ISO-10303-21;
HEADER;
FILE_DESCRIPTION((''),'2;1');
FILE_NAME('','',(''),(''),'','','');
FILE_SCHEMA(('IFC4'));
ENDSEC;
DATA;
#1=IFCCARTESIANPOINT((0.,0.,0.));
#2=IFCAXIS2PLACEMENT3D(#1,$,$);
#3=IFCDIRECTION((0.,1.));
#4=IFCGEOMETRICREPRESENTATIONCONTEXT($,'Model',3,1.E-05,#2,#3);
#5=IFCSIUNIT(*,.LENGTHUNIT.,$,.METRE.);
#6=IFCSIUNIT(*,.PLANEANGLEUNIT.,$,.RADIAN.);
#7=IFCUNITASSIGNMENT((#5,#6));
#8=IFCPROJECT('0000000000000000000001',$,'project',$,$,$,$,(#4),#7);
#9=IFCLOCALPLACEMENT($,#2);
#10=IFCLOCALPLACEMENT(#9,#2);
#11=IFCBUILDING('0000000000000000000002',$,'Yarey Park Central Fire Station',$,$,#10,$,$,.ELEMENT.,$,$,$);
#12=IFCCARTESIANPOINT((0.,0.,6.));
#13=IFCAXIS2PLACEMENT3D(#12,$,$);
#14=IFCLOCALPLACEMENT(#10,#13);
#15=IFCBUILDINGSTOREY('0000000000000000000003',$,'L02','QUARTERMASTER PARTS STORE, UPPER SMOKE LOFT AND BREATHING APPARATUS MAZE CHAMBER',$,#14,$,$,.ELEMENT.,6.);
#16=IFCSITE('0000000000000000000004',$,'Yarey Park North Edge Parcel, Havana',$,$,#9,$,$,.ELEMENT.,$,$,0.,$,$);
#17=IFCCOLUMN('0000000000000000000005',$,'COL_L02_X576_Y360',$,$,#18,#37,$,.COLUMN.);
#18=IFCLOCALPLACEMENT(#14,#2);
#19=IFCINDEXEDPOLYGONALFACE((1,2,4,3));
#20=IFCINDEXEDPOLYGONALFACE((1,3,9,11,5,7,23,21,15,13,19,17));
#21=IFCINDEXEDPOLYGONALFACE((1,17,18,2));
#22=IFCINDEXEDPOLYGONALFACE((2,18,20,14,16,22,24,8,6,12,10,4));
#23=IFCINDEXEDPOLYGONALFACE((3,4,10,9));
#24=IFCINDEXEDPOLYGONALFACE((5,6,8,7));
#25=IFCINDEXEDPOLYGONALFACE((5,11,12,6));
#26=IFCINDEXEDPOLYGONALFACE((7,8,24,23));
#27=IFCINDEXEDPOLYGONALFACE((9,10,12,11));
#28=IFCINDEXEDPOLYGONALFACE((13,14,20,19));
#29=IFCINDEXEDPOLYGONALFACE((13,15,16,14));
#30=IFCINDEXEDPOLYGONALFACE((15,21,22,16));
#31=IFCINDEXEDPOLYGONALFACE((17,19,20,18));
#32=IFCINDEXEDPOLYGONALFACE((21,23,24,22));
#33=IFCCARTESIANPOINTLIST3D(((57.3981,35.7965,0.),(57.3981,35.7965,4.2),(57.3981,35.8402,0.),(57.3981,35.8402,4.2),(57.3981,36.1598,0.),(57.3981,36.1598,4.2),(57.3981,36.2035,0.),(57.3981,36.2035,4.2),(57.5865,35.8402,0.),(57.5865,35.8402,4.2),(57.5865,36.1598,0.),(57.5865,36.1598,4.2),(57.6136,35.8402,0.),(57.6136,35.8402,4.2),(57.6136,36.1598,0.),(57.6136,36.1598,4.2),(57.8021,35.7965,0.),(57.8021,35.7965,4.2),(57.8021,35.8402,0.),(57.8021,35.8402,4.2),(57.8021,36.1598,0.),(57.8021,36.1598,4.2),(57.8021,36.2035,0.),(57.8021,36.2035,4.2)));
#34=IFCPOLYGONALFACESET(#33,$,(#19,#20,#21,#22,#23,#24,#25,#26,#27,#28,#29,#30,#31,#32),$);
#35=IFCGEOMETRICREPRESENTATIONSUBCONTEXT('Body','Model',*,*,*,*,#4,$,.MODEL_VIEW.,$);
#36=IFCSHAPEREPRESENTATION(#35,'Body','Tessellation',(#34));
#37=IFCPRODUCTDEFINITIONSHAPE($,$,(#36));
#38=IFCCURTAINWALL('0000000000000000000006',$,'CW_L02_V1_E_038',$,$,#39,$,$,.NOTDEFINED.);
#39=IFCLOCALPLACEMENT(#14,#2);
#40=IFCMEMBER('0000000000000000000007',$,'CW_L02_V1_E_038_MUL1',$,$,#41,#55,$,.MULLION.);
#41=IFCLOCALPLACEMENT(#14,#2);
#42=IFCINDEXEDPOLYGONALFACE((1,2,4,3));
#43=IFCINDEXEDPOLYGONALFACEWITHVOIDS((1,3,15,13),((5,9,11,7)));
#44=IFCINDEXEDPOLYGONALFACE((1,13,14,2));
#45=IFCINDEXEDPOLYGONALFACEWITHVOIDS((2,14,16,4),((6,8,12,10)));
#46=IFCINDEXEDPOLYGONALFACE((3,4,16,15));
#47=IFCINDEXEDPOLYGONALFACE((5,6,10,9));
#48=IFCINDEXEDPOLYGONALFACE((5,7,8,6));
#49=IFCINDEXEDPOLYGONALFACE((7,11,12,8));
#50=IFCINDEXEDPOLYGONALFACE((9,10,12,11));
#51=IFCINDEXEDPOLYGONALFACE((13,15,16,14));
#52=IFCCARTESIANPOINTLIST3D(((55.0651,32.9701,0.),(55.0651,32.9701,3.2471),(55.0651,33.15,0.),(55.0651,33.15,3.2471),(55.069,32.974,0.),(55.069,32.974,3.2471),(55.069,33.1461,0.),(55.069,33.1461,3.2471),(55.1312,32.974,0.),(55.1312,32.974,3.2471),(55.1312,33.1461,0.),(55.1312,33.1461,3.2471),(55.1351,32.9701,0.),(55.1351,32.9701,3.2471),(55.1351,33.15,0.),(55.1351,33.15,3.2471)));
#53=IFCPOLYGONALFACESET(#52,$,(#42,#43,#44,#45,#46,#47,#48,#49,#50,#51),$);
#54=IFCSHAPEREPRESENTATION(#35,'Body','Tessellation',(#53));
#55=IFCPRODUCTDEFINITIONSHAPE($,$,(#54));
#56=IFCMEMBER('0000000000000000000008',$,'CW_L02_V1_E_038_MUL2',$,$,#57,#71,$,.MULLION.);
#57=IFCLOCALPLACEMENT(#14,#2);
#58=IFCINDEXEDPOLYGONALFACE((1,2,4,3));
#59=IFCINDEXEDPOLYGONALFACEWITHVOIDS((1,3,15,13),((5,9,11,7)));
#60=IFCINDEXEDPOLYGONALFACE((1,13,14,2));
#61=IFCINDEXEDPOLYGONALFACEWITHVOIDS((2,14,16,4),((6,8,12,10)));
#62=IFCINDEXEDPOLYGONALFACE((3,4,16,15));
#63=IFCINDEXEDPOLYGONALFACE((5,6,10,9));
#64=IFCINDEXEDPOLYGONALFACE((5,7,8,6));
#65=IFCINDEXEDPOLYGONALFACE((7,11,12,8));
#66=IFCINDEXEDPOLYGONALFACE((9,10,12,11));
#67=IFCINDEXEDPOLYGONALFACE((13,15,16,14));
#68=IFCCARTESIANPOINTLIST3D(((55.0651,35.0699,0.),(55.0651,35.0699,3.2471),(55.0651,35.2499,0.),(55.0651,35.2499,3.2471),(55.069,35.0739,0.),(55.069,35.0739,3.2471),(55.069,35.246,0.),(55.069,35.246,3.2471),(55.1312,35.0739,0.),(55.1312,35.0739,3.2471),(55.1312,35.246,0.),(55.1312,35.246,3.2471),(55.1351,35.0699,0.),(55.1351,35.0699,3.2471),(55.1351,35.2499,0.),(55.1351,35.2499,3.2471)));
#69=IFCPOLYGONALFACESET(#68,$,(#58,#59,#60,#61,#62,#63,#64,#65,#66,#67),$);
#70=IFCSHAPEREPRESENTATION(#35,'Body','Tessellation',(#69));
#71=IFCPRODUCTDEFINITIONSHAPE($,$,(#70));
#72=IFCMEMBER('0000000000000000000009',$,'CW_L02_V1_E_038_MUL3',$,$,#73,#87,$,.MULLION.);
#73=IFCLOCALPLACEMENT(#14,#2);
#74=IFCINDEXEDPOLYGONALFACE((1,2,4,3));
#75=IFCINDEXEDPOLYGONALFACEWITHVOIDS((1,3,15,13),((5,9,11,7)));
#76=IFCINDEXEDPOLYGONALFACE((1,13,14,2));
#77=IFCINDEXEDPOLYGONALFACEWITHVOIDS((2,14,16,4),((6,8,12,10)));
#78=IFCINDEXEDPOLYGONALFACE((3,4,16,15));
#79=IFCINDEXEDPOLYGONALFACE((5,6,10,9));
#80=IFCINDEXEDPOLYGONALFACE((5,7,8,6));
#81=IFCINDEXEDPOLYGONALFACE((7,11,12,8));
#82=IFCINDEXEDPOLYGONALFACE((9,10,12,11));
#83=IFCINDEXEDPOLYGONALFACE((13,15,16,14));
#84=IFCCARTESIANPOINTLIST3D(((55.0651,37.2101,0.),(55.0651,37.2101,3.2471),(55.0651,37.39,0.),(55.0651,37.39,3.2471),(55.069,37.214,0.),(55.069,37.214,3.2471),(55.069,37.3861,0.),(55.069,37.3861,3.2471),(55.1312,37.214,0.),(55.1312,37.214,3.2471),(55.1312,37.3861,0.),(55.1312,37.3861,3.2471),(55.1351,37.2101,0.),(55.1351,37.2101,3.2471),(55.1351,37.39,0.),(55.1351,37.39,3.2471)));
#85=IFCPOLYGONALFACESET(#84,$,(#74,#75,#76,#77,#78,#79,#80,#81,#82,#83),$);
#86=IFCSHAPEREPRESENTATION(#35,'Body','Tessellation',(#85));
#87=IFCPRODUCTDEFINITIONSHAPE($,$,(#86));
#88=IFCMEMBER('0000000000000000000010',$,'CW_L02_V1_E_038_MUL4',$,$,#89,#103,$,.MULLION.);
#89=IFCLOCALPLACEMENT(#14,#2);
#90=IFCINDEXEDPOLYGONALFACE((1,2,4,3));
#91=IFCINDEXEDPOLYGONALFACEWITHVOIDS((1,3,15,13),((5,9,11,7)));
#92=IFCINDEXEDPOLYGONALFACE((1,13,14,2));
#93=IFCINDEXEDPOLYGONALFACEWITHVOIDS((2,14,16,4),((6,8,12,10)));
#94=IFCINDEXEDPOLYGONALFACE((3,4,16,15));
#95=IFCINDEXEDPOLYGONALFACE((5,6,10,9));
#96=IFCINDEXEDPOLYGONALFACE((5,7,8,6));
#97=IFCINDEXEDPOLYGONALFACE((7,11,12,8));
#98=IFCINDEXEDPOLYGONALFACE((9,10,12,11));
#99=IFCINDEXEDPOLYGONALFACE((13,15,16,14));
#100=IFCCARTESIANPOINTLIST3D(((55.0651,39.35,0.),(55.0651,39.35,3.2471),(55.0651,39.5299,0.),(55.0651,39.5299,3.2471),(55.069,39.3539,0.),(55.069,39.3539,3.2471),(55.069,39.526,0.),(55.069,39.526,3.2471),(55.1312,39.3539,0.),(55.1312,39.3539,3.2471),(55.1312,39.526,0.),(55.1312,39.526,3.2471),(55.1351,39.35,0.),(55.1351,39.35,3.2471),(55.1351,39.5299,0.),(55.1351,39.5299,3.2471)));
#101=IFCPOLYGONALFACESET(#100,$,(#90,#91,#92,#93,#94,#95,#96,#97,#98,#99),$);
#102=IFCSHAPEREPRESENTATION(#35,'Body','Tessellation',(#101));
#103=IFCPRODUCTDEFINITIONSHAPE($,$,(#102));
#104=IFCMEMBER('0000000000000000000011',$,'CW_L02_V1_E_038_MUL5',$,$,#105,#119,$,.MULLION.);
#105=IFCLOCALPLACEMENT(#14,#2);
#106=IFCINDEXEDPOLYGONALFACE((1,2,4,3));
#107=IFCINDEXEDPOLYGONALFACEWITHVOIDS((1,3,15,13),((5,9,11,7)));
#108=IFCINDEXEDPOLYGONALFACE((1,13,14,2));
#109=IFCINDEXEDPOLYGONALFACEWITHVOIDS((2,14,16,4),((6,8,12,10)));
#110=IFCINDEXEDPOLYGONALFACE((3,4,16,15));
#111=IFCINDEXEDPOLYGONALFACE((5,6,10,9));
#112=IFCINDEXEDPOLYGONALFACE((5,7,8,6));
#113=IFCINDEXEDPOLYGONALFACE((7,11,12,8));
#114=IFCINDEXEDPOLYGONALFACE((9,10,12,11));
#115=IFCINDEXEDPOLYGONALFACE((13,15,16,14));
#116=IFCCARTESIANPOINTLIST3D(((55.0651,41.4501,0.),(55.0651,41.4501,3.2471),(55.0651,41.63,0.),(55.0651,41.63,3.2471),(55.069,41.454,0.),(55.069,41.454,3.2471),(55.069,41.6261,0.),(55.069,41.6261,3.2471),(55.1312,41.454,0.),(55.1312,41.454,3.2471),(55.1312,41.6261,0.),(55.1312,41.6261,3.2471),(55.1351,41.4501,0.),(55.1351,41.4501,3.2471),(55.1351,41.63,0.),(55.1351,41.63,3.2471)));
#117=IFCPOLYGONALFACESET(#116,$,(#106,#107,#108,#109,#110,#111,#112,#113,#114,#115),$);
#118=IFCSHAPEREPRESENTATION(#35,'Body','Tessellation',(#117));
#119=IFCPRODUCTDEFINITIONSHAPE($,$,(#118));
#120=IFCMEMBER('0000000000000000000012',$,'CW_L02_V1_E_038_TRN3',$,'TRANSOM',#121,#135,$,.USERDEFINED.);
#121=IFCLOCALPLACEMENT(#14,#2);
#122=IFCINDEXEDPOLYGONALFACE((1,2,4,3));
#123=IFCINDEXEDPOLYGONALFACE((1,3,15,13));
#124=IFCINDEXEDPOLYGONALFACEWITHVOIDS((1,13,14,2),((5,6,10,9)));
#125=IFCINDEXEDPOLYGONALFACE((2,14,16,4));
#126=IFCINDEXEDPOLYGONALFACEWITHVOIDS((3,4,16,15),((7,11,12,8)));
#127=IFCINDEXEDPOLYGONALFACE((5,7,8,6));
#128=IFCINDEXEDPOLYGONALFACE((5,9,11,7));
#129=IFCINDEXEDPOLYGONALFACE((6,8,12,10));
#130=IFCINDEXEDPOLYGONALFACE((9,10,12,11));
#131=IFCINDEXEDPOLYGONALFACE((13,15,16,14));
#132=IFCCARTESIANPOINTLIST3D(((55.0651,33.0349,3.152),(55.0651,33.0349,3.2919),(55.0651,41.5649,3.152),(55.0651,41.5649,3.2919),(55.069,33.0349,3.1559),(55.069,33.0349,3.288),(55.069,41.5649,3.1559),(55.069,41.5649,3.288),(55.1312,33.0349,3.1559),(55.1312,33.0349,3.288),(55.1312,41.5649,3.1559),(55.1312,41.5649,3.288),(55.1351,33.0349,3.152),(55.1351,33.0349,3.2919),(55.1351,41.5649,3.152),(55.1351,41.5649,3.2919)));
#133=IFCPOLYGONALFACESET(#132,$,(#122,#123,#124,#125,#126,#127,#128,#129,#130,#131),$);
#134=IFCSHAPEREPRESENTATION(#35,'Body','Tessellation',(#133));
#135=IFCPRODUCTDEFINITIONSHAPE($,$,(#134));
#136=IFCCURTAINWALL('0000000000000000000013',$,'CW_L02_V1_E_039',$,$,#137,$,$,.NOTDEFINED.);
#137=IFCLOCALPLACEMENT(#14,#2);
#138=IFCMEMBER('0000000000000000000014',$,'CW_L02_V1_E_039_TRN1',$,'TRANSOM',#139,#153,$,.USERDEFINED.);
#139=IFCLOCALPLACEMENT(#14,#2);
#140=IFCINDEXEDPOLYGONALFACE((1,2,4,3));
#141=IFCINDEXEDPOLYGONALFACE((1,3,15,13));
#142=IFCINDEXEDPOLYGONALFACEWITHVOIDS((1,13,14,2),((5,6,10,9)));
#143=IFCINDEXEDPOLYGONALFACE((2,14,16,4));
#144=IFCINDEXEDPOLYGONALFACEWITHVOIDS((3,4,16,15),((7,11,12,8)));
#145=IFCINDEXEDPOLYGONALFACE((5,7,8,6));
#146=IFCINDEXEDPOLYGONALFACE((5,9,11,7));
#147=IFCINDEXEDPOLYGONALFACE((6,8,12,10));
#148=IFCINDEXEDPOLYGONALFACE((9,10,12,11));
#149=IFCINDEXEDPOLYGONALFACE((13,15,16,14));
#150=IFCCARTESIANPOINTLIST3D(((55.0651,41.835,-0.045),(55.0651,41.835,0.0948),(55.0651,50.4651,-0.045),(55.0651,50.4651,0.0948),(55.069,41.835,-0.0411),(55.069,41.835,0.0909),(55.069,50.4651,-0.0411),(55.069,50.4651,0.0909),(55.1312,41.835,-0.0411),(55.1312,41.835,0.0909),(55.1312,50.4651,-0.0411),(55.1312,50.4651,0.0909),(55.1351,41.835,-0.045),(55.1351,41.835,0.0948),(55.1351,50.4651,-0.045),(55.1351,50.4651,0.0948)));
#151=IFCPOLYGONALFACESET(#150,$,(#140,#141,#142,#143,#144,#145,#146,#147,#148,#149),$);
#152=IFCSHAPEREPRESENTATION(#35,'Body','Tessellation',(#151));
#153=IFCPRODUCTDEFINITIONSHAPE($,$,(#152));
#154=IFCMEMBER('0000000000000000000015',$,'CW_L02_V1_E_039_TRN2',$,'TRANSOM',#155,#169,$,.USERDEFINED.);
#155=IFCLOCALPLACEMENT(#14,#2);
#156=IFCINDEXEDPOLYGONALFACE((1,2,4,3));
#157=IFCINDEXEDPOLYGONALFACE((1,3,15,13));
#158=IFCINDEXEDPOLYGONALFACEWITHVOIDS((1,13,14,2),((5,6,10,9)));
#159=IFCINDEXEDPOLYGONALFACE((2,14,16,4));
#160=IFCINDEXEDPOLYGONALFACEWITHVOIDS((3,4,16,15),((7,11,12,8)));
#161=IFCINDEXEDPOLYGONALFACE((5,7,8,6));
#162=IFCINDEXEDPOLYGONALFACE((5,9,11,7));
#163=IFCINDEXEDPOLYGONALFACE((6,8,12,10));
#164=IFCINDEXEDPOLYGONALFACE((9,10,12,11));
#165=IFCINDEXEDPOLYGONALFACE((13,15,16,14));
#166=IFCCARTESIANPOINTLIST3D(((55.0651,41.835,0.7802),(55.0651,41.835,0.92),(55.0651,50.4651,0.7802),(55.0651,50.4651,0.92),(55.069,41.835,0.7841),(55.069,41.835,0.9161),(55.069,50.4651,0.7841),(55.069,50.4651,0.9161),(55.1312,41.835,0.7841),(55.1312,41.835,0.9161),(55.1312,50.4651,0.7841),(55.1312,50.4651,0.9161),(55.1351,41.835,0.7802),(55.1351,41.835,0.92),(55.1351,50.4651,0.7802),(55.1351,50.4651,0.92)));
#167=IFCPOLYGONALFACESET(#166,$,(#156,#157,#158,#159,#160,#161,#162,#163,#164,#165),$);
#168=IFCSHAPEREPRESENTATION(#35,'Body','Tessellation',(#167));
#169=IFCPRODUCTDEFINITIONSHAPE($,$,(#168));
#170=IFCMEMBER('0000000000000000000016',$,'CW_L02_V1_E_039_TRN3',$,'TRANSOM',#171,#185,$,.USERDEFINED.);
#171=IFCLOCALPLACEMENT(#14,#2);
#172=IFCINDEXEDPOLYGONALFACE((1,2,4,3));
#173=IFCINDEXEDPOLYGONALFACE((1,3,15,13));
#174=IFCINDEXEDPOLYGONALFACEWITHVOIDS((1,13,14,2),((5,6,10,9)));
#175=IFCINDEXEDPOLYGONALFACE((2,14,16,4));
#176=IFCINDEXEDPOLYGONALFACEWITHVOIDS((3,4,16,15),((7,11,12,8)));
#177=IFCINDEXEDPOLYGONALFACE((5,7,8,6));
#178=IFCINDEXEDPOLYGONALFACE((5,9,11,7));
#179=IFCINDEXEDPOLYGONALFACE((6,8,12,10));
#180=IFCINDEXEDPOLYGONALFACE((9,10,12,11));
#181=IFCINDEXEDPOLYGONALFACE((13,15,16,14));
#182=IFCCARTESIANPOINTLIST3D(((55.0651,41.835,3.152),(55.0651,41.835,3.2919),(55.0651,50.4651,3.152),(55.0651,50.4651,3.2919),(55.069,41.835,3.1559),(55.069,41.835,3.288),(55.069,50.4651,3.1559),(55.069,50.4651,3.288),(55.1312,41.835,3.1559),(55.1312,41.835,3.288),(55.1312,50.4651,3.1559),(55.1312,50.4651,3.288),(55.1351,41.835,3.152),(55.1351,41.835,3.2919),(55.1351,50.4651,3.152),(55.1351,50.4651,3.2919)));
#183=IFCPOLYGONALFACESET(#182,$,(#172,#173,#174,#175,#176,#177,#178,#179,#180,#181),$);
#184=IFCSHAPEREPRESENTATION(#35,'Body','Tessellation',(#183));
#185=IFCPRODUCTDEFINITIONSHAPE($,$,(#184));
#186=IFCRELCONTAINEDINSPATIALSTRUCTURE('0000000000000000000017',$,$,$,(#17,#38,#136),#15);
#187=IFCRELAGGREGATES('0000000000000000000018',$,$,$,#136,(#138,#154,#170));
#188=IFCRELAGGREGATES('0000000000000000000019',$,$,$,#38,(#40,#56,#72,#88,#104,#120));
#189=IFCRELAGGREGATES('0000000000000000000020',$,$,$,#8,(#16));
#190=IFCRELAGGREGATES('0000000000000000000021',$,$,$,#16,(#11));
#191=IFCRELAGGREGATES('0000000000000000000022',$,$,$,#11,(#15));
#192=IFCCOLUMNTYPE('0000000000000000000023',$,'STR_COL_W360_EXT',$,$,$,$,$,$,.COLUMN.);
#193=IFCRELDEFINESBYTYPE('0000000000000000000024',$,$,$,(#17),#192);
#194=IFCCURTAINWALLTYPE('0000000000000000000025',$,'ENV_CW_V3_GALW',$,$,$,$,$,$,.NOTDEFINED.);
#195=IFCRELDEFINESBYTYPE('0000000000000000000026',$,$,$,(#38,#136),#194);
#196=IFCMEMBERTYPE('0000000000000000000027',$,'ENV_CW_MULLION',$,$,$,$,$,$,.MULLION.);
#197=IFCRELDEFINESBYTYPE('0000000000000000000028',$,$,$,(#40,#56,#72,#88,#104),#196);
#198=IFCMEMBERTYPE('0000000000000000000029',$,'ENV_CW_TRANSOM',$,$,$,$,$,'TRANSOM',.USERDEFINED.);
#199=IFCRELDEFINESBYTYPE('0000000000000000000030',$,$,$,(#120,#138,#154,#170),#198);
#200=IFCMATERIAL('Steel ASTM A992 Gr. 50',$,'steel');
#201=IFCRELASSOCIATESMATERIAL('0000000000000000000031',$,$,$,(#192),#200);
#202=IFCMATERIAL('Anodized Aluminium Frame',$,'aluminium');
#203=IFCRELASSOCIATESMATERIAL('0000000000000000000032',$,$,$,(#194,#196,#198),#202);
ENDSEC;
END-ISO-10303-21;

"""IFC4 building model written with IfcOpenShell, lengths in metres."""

from ifc_helpers import new_model, si_unit, direction, frame, origin, origin_2d, place, context, subcontext, project, spatial, hollow_rectangle, i_section, extrude, material, material_profile, profile_set, type_object, element, aggregate, save


model = new_model("IFC4")

# Units and contexts
model_context = context("Model", 3, precision=1e-05, world=origin(), true_north=direction((0.0, 1.0)))
body_context = subcontext(model_context, "Body", "Model", "MODEL_VIEW")
ifc_project = project(units=[si_unit("LENGTHUNIT", "METRE"), si_unit("PLANEANGLEUNIT", "RADIAN")], contexts=[model_context])

# Site, building, storey
site_placement = place(None, origin())
site = spatial("IfcSite", under=ifc_project, at=site_placement, Name="Yarey Park North Edge Parcel, Havana", CompositionType="ELEMENT", RefElevation=0.0)
building_placement = place(site_placement, origin())
building = spatial("IfcBuilding", under=site, at=building_placement, Name="Yarey Park Central Fire Station", CompositionType="ELEMENT")
storey_placement = place(building_placement, frame((0.0, 0.0, 6.0)))
storey = spatial("IfcBuildingStorey", under=building, at=storey_placement, Name="L02", Description="QUARTERMASTER PARTS STORE, UPPER SMOKE LOFT AND BREATHING APPARATUS MAZE CHAMBER", CompositionType="ELEMENT", Elevation=6.0)

# Column
ifc_material_1 = material(Name="Steel ASTM A992 Gr. 50", Category="steel")
ifc_material_profile_1 = material_profile(ifc_material_1, i_section(OverallWidth=0.4041, OverallDepth=0.407, WebThickness=0.0271, FlangeThickness=0.0437, at=origin_2d()), Name="W360x347")
ifc_profile_set_1 = profile_set([ifc_material_profile_1], Name="Steel ASTM A992 Gr. 50")
column_type = type_object("IfcColumnType", Name="STR_COL_W360_EXT", PredefinedType="COLUMN", material=ifc_profile_set_1)
column_placement = place(storey_placement, frame((57.6001, 36.0, 0.0), z_axis=(0.0, 0.0, 1.0), x_axis=(1.0, 0.0, 0.0)))
element("IfcColumn", 1, at=column_placement, inside=storey, type_object=column_type, Name="COL_L02_X576_Y360", PredefinedType="COLUMN", context=body_context, shape_type="SweptSolid", body=[
    extrude(i_section(OverallWidth=0.4041, OverallDepth=0.407, WebThickness=0.0271, FlangeThickness=0.0437, at=origin_2d()), origin(), (0.0, 0.0, 1.0), 4.2),
])

# Curtain walls, members
ifc_material_2 = material(Name="Anodized Aluminium Frame", Category="aluminium")
curtain_wall_type = type_object("IfcCurtainWallType", Name="ENV_CW_V3_GALW", PredefinedType="NOTDEFINED", material=ifc_material_2)
curtain_wall_1_placement = place(storey_placement, origin())
curtain_wall_1 = element("IfcCurtainWall", 2, at=curtain_wall_1_placement, inside=storey, type_object=curtain_wall_type, Name="CW_L02_V1_E_038", PredefinedType="NOTDEFINED")
ifc_material_profile_2 = material_profile(ifc_material_2, hollow_rectangle(XDim=0.0701, YDim=0.1799, WallThickness=0.0039, at=origin_2d()), Name="ALU 180x70x4")
ifc_profile_set_2 = profile_set([ifc_material_profile_2], Name="Anodized Aluminium Frame")
member_type_1 = type_object("IfcMemberType", Name="ENV_CW_MULLION", PredefinedType="MULLION", material=ifc_profile_set_2)
member_1_placement = place(storey_placement, frame((55.1001, 33.0601, 0.0), z_axis=(0.0, 0.0, 1.0), x_axis=(1.0, 0.0, 0.0)))
member_1 = element("IfcMember", 3, at=member_1_placement, type_object=member_type_1, Name="CW_L02_V1_E_038_MUL1", PredefinedType="MULLION", context=body_context, shape_type="SweptSolid", body=[
    extrude(hollow_rectangle(XDim=0.0701, YDim=0.1799, WallThickness=0.0039, at=origin_2d()), origin(), (0.0, 0.0, 1.0), 3.2471),
])
member_2_placement = place(storey_placement, frame((55.1001, 35.1599, 0.0), z_axis=(0.0, 0.0, 1.0), x_axis=(1.0, 0.0, 0.0)))
member_2 = element("IfcMember", 4, at=member_2_placement, type_object=member_type_1, Name="CW_L02_V1_E_038_MUL2", PredefinedType="MULLION", context=body_context, shape_type="SweptSolid", body=[
    extrude(hollow_rectangle(XDim=0.0701, YDim=0.1799, WallThickness=0.0039, at=origin_2d()), origin(), (0.0, 0.0, 1.0), 3.2471),
])
member_3_placement = place(storey_placement, frame((55.1001, 37.3, 0.0), z_axis=(0.0, 0.0, 1.0), x_axis=(1.0, 0.0, 0.0)))
member_3 = element("IfcMember", 5, at=member_3_placement, type_object=member_type_1, Name="CW_L02_V1_E_038_MUL3", PredefinedType="MULLION", context=body_context, shape_type="SweptSolid", body=[
    extrude(hollow_rectangle(XDim=0.0701, YDim=0.1799, WallThickness=0.0039, at=origin_2d()), origin(), (0.0, 0.0, 1.0), 3.2471),
])
member_4_placement = place(storey_placement, frame((55.1001, 39.4399, 0.0), z_axis=(0.0, 0.0, 1.0), x_axis=(1.0, 0.0, 0.0)))
member_4 = element("IfcMember", 6, at=member_4_placement, type_object=member_type_1, Name="CW_L02_V1_E_038_MUL4", PredefinedType="MULLION", context=body_context, shape_type="SweptSolid", body=[
    extrude(hollow_rectangle(XDim=0.0701, YDim=0.1799, WallThickness=0.0039, at=origin_2d()), origin(), (0.0, 0.0, 1.0), 3.2471),
])
member_5_placement = place(storey_placement, frame((55.1001, 41.54, 0.0), z_axis=(0.0, 0.0, 1.0), x_axis=(1.0, 0.0, 0.0)))
member_5 = element("IfcMember", 7, at=member_5_placement, type_object=member_type_1, Name="CW_L02_V1_E_038_MUL5", PredefinedType="MULLION", context=body_context, shape_type="SweptSolid", body=[
    extrude(hollow_rectangle(XDim=0.0701, YDim=0.1799, WallThickness=0.0039, at=origin_2d()), origin(), (0.0, 0.0, 1.0), 3.2471),
])
ifc_material_profile_3 = material_profile(ifc_material_2, hollow_rectangle(XDim=0.0701, YDim=0.1399, WallThickness=0.0039, at=origin_2d()), Name="ALU 140x70x4")
ifc_profile_set_3 = profile_set([ifc_material_profile_3], Name="Anodized Aluminium Frame")
member_type_2 = type_object("IfcMemberType", Name="ENV_CW_TRANSOM", ElementType="TRANSOM", PredefinedType="USERDEFINED", material=ifc_profile_set_3)
member_6_placement = place(storey_placement, frame((55.1001, 33.0349, 3.2219), z_axis=(0.0, 1.0, 0.0), x_axis=(-1.0, 0.0, 0.0)))
member_6 = element("IfcMember", 8, at=member_6_placement, type_object=member_type_2, Name="CW_L02_V1_E_038_TRN3", ObjectType="TRANSOM", PredefinedType="USERDEFINED", context=body_context, shape_type="SweptSolid", body=[
    extrude(hollow_rectangle(XDim=0.0701, YDim=0.1399, WallThickness=0.0039, at=origin_2d()), origin(), (0.0, 0.0, 1.0), 8.53),
])
curtain_wall_2_placement = place(storey_placement, origin())
curtain_wall_2 = element("IfcCurtainWall", 9, at=curtain_wall_2_placement, inside=storey, type_object=curtain_wall_type, Name="CW_L02_V1_E_039", PredefinedType="NOTDEFINED")
member_7_placement = place(storey_placement, frame((55.1001, 41.835, 0.0249), z_axis=(0.0, 1.0, 0.0), x_axis=(-1.0, 0.0, 0.0)))
member_7 = element("IfcMember", 10, at=member_7_placement, type_object=member_type_2, Name="CW_L02_V1_E_039_TRN1", ObjectType="TRANSOM", PredefinedType="USERDEFINED", context=body_context, shape_type="SweptSolid", body=[
    extrude(hollow_rectangle(XDim=0.0701, YDim=0.1399, WallThickness=0.0039, at=origin_2d()), origin(), (0.0, 0.0, 1.0), 8.6301),
])
member_8_placement = place(storey_placement, frame((55.1001, 41.835, 0.8501), z_axis=(0.0, 1.0, 0.0), x_axis=(-1.0, 0.0, 0.0)))
member_8 = element("IfcMember", 11, at=member_8_placement, type_object=member_type_2, Name="CW_L02_V1_E_039_TRN2", ObjectType="TRANSOM", PredefinedType="USERDEFINED", context=body_context, shape_type="SweptSolid", body=[
    extrude(hollow_rectangle(XDim=0.0701, YDim=0.1399, WallThickness=0.0039, at=origin_2d()), origin(), (0.0, 0.0, 1.0), 8.6301),
])
member_9_placement = place(storey_placement, frame((55.1001, 41.835, 3.2219), z_axis=(0.0, 1.0, 0.0), x_axis=(-1.0, 0.0, 0.0)))
member_9 = element("IfcMember", 12, at=member_9_placement, type_object=member_type_2, Name="CW_L02_V1_E_039_TRN3", ObjectType="TRANSOM", PredefinedType="USERDEFINED", context=body_context, shape_type="SweptSolid", body=[
    extrude(hollow_rectangle(XDim=0.0701, YDim=0.1399, WallThickness=0.0039, at=origin_2d()), origin(), (0.0, 0.0, 1.0), 8.6301),
])
aggregate(curtain_wall_2, [member_7, member_8, member_9])

aggregate(curtain_wall_1, [member_1, member_2, member_3, member_4, member_5, member_6])

save(model, "model.ifc")
